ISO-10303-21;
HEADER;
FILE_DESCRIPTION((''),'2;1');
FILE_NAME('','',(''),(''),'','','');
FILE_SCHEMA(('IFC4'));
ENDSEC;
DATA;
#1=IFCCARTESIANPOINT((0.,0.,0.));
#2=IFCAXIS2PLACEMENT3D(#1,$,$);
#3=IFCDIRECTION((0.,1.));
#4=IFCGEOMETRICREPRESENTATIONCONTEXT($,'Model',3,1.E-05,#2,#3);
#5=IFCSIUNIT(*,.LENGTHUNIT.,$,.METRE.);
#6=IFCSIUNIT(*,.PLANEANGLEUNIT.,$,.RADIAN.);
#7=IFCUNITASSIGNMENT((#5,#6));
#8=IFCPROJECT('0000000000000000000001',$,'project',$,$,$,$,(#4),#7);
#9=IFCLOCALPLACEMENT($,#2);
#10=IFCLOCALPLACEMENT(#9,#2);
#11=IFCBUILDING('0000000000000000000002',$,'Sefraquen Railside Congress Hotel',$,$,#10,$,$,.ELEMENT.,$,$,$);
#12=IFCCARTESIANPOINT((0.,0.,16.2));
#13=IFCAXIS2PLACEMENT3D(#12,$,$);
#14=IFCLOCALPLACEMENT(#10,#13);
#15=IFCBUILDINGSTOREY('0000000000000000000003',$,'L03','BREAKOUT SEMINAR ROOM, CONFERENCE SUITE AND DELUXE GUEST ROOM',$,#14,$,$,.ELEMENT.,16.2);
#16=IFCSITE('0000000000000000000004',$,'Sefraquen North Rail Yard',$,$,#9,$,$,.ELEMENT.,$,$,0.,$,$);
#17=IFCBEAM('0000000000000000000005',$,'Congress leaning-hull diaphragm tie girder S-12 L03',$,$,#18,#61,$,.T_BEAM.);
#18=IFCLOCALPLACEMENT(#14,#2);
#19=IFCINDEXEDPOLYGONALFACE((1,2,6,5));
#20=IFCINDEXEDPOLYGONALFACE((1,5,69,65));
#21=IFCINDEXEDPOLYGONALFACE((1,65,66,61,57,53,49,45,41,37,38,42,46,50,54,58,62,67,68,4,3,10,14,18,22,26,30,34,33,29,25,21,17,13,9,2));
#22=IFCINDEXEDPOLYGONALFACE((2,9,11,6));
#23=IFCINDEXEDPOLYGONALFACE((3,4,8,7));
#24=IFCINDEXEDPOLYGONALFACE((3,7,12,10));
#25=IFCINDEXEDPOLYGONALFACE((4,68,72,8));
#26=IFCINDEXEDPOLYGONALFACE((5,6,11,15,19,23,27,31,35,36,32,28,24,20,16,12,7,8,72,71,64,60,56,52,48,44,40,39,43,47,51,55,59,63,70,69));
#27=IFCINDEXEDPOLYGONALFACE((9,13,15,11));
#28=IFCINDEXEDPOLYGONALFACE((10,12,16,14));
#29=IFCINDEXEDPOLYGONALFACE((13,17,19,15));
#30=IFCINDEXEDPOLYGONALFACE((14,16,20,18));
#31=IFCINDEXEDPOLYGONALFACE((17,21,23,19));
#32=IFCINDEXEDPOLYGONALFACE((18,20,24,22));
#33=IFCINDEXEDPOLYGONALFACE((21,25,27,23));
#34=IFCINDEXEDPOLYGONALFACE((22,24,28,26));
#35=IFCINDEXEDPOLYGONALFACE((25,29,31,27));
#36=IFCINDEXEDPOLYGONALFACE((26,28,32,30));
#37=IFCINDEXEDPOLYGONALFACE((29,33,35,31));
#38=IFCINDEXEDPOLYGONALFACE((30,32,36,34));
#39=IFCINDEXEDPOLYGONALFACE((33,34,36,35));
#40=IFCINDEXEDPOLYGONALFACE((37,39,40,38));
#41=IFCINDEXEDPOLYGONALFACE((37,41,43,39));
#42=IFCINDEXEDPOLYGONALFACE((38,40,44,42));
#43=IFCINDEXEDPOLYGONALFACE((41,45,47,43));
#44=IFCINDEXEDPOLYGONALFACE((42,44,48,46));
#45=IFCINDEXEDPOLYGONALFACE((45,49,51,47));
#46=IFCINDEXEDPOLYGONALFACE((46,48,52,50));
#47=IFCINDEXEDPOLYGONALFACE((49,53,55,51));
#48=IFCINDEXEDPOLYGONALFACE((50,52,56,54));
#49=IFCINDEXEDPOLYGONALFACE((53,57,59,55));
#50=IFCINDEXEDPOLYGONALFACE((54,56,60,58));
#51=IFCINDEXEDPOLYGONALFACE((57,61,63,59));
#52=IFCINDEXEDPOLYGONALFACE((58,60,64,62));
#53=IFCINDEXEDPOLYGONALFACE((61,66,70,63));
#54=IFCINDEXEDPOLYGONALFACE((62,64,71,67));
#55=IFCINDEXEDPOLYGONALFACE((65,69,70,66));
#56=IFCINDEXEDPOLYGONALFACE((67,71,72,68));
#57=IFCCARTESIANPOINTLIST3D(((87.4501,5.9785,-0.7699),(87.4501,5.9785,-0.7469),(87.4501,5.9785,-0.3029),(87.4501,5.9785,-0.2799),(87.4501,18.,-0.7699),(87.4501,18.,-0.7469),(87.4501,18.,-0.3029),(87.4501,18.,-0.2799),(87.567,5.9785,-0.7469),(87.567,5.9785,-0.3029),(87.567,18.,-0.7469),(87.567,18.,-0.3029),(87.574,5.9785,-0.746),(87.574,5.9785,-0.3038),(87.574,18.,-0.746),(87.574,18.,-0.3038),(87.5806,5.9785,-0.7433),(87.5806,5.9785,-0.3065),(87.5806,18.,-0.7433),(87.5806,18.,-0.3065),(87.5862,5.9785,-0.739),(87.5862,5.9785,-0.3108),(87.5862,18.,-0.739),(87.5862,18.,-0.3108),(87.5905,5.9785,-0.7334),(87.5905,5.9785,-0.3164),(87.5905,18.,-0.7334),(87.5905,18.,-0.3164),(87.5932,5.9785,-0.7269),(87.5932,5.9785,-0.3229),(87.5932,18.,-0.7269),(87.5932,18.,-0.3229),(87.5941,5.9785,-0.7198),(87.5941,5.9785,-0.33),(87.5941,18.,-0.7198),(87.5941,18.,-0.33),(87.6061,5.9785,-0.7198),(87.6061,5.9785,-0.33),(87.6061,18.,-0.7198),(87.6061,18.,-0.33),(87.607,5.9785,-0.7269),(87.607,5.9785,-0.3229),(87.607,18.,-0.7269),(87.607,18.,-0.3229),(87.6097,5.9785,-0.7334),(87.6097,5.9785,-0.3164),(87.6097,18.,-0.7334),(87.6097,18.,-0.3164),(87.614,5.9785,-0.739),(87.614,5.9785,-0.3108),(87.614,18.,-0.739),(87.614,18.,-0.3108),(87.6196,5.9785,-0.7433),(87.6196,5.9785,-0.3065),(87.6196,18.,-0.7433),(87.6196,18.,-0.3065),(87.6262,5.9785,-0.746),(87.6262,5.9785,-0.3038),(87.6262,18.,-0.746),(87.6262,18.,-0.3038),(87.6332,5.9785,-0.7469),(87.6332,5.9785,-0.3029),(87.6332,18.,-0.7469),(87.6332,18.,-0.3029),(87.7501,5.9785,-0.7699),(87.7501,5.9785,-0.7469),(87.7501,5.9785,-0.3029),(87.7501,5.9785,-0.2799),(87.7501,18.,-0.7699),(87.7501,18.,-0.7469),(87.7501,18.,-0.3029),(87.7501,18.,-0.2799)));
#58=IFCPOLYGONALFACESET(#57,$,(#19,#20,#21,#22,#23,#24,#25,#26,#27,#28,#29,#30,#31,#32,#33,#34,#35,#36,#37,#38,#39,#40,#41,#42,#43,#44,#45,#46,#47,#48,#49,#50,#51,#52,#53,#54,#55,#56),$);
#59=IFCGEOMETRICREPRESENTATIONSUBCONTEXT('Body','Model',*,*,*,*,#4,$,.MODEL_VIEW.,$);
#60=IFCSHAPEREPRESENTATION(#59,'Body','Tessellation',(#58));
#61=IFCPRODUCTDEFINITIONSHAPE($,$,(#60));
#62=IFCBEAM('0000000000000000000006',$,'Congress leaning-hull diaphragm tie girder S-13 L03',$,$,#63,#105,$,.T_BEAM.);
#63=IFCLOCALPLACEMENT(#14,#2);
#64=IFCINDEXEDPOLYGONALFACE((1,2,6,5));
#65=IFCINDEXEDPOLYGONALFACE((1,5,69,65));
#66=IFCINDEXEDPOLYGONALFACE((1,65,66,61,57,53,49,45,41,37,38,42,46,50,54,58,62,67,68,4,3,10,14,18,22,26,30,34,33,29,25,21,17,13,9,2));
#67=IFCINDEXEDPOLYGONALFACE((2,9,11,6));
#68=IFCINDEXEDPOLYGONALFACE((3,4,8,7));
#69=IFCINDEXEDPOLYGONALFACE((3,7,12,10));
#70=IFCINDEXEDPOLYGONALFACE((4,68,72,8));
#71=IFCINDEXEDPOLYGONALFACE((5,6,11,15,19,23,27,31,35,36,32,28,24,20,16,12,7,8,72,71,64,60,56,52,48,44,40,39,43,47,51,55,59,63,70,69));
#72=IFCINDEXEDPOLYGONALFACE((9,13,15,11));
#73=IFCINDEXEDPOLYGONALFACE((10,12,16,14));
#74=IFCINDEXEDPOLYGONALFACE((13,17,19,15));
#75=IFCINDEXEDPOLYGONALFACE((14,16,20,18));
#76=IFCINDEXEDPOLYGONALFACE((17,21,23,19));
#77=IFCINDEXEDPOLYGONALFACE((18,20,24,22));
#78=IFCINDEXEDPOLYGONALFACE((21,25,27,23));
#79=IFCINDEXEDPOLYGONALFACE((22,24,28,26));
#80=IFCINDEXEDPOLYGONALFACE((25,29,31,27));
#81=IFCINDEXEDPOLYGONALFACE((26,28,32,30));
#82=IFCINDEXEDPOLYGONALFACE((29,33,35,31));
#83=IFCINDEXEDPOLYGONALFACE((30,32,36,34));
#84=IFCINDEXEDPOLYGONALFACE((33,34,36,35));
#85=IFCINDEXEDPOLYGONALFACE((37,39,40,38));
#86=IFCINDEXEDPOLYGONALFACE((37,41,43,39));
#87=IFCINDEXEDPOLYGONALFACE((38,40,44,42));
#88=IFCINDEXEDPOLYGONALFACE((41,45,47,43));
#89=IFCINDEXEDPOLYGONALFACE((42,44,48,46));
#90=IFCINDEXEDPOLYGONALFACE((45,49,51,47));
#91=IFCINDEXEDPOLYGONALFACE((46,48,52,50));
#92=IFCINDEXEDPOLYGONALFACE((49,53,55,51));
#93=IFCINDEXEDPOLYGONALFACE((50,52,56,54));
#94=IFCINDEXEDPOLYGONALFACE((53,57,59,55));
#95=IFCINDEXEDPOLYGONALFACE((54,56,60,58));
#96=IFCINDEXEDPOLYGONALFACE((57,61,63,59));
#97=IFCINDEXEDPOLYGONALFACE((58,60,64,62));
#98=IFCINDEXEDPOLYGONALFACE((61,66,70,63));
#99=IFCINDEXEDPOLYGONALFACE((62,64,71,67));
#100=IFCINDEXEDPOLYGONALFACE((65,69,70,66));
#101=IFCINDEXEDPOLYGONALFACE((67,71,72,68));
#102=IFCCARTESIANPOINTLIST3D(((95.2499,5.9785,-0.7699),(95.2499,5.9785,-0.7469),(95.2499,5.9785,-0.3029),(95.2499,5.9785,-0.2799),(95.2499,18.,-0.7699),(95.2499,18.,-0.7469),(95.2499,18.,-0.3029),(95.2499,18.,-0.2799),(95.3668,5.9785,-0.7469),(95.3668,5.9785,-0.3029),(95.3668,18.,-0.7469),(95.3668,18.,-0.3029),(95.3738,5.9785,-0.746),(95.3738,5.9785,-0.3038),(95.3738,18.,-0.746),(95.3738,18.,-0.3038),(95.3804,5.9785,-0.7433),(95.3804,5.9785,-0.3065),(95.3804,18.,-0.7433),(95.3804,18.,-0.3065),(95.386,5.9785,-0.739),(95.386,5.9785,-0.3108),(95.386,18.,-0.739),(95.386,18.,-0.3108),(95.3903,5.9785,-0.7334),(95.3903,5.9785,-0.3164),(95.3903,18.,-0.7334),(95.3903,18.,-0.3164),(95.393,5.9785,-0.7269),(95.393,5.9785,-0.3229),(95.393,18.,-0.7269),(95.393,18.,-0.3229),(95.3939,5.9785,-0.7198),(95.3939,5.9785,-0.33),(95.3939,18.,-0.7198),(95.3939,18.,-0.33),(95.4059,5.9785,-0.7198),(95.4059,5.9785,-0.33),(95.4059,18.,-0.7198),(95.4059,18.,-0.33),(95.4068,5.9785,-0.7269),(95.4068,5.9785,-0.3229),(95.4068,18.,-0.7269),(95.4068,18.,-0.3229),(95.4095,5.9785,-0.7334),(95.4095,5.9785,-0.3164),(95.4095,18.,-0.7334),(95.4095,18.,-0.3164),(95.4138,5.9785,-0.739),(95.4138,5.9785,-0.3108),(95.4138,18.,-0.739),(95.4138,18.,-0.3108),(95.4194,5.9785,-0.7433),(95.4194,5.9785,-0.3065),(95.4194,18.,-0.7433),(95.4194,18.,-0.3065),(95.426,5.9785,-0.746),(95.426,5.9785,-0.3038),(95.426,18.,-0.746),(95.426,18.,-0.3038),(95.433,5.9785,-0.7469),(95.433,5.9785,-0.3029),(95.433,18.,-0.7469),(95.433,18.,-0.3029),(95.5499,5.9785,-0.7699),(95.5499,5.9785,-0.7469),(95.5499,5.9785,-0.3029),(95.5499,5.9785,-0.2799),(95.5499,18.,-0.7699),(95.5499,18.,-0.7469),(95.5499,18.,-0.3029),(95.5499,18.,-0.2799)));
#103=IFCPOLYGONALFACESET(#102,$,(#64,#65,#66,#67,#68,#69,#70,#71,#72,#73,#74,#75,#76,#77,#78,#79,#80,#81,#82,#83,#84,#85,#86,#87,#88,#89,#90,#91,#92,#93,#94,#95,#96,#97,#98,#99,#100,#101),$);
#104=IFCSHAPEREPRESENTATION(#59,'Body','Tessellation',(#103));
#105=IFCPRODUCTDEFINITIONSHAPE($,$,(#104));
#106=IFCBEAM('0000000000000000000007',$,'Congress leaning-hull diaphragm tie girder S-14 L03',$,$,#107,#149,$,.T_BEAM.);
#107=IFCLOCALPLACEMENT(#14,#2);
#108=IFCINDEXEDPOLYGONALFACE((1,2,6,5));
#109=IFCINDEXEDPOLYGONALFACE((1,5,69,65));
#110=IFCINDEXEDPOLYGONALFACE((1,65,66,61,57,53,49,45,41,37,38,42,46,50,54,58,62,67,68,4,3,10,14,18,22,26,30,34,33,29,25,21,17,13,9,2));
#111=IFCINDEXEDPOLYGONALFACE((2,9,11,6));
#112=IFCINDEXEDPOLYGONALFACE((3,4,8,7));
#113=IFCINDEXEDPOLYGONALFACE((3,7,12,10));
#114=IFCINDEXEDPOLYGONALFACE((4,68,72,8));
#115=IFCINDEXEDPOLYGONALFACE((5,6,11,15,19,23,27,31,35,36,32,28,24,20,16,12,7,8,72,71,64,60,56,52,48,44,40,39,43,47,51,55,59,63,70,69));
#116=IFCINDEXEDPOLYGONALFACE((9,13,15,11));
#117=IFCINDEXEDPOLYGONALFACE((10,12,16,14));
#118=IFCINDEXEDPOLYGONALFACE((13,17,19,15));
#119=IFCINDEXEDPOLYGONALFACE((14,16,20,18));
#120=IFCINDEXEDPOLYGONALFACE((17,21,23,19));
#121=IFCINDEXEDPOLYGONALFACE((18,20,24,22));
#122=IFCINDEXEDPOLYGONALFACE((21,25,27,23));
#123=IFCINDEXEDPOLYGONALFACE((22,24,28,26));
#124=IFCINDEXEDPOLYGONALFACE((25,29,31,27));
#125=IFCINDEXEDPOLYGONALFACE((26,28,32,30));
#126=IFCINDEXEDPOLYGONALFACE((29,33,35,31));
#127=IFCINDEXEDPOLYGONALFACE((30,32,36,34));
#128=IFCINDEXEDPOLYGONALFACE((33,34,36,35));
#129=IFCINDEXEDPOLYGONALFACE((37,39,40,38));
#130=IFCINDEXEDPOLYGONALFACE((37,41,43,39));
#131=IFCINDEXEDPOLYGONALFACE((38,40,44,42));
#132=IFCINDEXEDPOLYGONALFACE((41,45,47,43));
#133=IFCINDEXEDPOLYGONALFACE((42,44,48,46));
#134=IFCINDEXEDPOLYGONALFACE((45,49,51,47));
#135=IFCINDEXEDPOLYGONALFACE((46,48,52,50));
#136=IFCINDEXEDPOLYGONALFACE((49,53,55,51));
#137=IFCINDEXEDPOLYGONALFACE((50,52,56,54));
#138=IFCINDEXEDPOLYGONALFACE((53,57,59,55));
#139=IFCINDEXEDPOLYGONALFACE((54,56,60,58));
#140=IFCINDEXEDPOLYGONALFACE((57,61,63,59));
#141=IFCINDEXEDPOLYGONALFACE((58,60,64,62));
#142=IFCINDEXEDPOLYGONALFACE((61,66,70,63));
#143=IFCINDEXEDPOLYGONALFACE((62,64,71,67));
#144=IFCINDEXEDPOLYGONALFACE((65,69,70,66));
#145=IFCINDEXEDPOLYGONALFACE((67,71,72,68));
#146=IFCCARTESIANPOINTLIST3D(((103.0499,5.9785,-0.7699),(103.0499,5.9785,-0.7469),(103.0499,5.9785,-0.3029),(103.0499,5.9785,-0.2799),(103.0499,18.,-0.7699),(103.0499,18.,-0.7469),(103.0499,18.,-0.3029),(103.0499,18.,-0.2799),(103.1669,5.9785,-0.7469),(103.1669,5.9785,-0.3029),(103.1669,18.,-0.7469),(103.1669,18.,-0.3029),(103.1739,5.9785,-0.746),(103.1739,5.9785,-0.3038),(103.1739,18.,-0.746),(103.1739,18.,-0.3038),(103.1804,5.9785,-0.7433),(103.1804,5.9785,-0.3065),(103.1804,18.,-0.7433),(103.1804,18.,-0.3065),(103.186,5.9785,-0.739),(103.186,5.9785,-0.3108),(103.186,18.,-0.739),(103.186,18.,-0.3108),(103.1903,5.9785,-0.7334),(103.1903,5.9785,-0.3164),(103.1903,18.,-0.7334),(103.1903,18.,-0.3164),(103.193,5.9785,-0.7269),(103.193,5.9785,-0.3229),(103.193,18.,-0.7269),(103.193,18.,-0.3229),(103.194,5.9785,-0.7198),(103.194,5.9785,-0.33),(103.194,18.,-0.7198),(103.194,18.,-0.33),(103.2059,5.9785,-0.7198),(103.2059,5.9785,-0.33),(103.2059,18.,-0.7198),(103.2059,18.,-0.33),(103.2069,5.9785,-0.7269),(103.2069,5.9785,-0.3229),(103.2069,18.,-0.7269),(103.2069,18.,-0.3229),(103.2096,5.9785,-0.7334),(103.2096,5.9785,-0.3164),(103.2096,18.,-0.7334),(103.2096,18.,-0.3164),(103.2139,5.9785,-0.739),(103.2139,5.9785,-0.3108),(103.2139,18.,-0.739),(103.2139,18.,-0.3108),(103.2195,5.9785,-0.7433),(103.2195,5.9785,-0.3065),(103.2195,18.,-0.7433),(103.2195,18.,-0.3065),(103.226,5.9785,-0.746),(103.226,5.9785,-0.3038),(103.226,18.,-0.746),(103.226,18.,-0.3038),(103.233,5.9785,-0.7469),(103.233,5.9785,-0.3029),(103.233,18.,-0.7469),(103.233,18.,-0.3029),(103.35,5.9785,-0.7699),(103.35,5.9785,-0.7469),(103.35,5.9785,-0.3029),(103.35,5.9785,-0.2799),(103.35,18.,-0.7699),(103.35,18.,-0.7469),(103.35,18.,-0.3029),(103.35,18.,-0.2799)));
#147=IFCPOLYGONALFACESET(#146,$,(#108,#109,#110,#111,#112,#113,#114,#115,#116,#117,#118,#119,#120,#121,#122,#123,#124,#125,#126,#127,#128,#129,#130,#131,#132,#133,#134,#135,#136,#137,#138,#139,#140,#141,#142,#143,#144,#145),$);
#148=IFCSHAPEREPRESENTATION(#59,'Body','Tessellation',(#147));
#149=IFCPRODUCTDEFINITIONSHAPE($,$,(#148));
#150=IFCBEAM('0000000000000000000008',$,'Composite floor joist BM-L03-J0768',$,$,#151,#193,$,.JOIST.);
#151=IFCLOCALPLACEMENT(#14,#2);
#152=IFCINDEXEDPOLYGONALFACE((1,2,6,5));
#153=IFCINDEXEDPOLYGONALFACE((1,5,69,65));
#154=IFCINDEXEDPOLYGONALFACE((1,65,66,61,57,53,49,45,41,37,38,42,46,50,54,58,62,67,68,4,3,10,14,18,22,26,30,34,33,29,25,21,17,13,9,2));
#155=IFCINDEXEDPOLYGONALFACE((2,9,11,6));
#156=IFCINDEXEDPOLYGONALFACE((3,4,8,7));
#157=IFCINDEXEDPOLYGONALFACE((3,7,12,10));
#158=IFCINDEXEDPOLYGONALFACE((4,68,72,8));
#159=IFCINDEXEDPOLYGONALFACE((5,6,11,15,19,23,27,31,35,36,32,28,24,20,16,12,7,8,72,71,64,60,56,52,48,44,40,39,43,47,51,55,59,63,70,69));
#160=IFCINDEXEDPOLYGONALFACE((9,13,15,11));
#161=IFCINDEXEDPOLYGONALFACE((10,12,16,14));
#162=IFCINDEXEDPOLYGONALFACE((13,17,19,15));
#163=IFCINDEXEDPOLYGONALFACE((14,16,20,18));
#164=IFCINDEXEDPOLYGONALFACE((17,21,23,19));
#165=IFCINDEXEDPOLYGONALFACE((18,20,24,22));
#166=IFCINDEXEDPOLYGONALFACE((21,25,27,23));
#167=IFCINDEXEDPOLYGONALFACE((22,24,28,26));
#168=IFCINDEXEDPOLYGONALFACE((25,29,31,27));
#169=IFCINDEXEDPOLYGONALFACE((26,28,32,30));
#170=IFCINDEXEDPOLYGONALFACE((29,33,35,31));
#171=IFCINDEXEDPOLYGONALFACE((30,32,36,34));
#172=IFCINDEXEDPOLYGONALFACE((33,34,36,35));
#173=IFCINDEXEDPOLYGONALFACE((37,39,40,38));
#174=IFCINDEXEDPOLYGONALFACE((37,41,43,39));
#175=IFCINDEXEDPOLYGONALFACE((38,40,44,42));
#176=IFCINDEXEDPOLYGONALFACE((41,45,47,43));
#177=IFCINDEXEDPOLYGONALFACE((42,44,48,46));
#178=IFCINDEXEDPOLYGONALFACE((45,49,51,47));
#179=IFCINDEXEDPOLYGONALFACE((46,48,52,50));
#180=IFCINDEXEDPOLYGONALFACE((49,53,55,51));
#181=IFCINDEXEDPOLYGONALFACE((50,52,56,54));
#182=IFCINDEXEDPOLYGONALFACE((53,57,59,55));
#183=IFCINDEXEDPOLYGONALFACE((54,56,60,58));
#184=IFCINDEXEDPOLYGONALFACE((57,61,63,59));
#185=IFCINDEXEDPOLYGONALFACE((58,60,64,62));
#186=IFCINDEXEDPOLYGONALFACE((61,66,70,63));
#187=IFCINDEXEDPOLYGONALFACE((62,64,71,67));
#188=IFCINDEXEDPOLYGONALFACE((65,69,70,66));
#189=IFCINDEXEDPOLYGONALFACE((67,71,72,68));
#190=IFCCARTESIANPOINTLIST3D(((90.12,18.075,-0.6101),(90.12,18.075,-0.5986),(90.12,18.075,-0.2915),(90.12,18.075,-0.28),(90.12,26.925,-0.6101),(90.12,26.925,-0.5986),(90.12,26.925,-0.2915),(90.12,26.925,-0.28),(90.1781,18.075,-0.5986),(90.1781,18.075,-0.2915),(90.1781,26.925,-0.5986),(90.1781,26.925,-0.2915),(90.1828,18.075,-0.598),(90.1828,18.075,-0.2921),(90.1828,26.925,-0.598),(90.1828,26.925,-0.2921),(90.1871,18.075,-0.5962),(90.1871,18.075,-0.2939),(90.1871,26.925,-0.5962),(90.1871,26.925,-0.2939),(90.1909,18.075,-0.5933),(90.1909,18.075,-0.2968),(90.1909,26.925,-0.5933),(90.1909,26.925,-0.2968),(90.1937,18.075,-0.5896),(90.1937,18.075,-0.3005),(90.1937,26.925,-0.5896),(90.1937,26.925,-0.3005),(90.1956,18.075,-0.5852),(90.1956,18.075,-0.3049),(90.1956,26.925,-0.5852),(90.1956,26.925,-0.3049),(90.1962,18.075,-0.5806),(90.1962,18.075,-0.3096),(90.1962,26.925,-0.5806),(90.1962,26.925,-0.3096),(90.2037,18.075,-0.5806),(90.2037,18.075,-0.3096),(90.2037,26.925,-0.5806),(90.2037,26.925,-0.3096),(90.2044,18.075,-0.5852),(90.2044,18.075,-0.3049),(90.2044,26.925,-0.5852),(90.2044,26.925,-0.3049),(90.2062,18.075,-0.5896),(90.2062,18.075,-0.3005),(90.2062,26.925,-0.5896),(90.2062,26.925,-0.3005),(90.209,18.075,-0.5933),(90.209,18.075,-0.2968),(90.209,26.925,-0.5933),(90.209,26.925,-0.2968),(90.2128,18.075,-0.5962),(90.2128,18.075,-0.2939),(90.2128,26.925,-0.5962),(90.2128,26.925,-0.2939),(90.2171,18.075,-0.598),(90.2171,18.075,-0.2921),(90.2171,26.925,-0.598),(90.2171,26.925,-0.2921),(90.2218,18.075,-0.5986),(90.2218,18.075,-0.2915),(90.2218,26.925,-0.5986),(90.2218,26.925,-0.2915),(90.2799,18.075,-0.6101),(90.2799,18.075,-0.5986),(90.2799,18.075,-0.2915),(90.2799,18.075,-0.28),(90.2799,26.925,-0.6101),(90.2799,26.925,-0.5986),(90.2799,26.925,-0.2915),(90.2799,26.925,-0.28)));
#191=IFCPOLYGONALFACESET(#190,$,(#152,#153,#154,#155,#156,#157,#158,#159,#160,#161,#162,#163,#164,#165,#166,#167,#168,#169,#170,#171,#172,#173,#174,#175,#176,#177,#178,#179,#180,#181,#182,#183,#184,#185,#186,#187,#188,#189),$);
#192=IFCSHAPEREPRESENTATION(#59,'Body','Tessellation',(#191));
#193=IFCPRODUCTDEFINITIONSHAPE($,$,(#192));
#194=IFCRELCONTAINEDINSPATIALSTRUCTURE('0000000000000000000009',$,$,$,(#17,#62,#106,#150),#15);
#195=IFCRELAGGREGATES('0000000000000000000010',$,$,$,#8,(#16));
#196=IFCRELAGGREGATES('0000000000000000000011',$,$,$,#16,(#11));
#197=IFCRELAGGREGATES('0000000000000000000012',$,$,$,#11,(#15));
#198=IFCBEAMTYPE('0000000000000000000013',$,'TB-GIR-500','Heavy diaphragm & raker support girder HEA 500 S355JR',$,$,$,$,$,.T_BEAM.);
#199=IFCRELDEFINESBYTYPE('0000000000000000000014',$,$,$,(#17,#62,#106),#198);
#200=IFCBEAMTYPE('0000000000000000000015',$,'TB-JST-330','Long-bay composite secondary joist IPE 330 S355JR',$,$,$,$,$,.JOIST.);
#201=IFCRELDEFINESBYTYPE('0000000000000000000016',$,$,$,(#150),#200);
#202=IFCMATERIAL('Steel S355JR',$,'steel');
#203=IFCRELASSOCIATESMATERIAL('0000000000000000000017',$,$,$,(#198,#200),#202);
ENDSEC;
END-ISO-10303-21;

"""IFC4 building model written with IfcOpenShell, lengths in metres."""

from ifc_helpers import new_model, si_unit, direction, frame, origin, origin_2d, place, context, subcontext, project, spatial, i_section, extrude, material, material_profile, profile_set, type_object, element, save


model = new_model("IFC4")

# Units and contexts
model_context = context("Model", 3, precision=1e-05, world=origin(), true_north=direction((0.0, 1.0)))
body_context = subcontext(model_context, "Body", "Model", "MODEL_VIEW")
ifc_project = project(units=[si_unit("LENGTHUNIT", "METRE"), si_unit("PLANEANGLEUNIT", "RADIAN")], contexts=[model_context])

# Site, building, storey
site_placement = place(None, origin())
site = spatial("IfcSite", under=ifc_project, at=site_placement, Name="Sefraquen North Rail Yard", CompositionType="ELEMENT", RefElevation=0.0)
building_placement = place(site_placement, origin())
building = spatial("IfcBuilding", under=site, at=building_placement, Name="Sefraquen Railside Congress Hotel", CompositionType="ELEMENT")
storey_placement = place(building_placement, frame((0.0, 0.0, 16.2)))
storey = spatial("IfcBuildingStorey", under=building, at=storey_placement, Name="L03", Description="BREAKOUT SEMINAR ROOM, CONFERENCE SUITE AND DELUXE GUEST ROOM", CompositionType="ELEMENT", Elevation=16.2)

# Beams
ifc_material_1 = material(Name="Steel S355JR", Category="steel")
ifc_material_profile_1 = material_profile(ifc_material_1, i_section(OverallWidth=0.3, OverallDepth=0.49, WebThickness=0.012, FlangeThickness=0.0229, FilletRadius=0.0271, at=origin_2d()), Name="HEA 500")
ifc_profile_set_1 = profile_set([ifc_material_profile_1], Name="Steel S355JR")
beam_type_1 = type_object("IfcBeamType", Name="TB-GIR-500", Description="Heavy diaphragm & raker support girder HEA 500 S355JR", PredefinedType="T_BEAM", material=ifc_profile_set_1)
for number, where, z_axis, x_axis, name in (
    (1, (87.6001, 5.9785, -0.5249), (0.0, 1.0, 0.0), (-1.0, 0.0, 0.0), "Congress leaning-hull diaphragm tie girder S-12 L03"),
    (2, (95.3999, 5.9785, -0.5249), (0.0, 1.0, 0.0), (-1.0, 0.0, 0.0), "Congress leaning-hull diaphragm tie girder S-13 L03"),
    (3, (103.2, 5.9785, -0.5249), (0.0, 1.0, 0.0), (-1.0, 0.0, 0.0), "Congress leaning-hull diaphragm tie girder S-14 L03"),
):
    element("IfcBeam", number, at=place(storey_placement, frame(where, z_axis=z_axis, x_axis=x_axis)), inside=storey, type_object=beam_type_1, Name=name, PredefinedType="T_BEAM", context=body_context, shape_type="SweptSolid", body=[
        extrude(i_section(OverallWidth=0.3, OverallDepth=0.49, WebThickness=0.012, FlangeThickness=0.0229, FilletRadius=0.0271, at=origin_2d()), origin(), (0.0, 0.0, 1.0), 12.0215),
    ])
ifc_material_profile_2 = material_profile(ifc_material_1, i_section(OverallWidth=0.1599, OverallDepth=0.3301, WebThickness=0.0076, FlangeThickness=0.0115, FilletRadius=0.0181, at=origin_2d()), Name="IPE 330")
ifc_profile_set_2 = profile_set([ifc_material_profile_2], Name="Steel S355JR")
beam_type_2 = type_object("IfcBeamType", Name="TB-JST-330", Description="Long-bay composite secondary joist IPE 330 S355JR", PredefinedType="JOIST", material=ifc_profile_set_2)
for number, where, z_axis, x_axis, name in (
    (4, (90.2, 18.075, -0.4451), (0.0, 1.0, 0.0), (-1.0, 0.0, 0.0), "Composite floor joist BM-L03-J0768"),
):
    element("IfcBeam", number, at=place(storey_placement, frame(where, z_axis=z_axis, x_axis=x_axis)), inside=storey, type_object=beam_type_2, Name=name, PredefinedType="JOIST", context=body_context, shape_type="SweptSolid", body=[
        extrude(i_section(OverallWidth=0.1599, OverallDepth=0.3301, WebThickness=0.0076, FlangeThickness=0.0115, FilletRadius=0.0181, at=origin_2d()), origin(), (0.0, 0.0, 1.0), 8.8501),
    ])

save(model, "model.ifc")
